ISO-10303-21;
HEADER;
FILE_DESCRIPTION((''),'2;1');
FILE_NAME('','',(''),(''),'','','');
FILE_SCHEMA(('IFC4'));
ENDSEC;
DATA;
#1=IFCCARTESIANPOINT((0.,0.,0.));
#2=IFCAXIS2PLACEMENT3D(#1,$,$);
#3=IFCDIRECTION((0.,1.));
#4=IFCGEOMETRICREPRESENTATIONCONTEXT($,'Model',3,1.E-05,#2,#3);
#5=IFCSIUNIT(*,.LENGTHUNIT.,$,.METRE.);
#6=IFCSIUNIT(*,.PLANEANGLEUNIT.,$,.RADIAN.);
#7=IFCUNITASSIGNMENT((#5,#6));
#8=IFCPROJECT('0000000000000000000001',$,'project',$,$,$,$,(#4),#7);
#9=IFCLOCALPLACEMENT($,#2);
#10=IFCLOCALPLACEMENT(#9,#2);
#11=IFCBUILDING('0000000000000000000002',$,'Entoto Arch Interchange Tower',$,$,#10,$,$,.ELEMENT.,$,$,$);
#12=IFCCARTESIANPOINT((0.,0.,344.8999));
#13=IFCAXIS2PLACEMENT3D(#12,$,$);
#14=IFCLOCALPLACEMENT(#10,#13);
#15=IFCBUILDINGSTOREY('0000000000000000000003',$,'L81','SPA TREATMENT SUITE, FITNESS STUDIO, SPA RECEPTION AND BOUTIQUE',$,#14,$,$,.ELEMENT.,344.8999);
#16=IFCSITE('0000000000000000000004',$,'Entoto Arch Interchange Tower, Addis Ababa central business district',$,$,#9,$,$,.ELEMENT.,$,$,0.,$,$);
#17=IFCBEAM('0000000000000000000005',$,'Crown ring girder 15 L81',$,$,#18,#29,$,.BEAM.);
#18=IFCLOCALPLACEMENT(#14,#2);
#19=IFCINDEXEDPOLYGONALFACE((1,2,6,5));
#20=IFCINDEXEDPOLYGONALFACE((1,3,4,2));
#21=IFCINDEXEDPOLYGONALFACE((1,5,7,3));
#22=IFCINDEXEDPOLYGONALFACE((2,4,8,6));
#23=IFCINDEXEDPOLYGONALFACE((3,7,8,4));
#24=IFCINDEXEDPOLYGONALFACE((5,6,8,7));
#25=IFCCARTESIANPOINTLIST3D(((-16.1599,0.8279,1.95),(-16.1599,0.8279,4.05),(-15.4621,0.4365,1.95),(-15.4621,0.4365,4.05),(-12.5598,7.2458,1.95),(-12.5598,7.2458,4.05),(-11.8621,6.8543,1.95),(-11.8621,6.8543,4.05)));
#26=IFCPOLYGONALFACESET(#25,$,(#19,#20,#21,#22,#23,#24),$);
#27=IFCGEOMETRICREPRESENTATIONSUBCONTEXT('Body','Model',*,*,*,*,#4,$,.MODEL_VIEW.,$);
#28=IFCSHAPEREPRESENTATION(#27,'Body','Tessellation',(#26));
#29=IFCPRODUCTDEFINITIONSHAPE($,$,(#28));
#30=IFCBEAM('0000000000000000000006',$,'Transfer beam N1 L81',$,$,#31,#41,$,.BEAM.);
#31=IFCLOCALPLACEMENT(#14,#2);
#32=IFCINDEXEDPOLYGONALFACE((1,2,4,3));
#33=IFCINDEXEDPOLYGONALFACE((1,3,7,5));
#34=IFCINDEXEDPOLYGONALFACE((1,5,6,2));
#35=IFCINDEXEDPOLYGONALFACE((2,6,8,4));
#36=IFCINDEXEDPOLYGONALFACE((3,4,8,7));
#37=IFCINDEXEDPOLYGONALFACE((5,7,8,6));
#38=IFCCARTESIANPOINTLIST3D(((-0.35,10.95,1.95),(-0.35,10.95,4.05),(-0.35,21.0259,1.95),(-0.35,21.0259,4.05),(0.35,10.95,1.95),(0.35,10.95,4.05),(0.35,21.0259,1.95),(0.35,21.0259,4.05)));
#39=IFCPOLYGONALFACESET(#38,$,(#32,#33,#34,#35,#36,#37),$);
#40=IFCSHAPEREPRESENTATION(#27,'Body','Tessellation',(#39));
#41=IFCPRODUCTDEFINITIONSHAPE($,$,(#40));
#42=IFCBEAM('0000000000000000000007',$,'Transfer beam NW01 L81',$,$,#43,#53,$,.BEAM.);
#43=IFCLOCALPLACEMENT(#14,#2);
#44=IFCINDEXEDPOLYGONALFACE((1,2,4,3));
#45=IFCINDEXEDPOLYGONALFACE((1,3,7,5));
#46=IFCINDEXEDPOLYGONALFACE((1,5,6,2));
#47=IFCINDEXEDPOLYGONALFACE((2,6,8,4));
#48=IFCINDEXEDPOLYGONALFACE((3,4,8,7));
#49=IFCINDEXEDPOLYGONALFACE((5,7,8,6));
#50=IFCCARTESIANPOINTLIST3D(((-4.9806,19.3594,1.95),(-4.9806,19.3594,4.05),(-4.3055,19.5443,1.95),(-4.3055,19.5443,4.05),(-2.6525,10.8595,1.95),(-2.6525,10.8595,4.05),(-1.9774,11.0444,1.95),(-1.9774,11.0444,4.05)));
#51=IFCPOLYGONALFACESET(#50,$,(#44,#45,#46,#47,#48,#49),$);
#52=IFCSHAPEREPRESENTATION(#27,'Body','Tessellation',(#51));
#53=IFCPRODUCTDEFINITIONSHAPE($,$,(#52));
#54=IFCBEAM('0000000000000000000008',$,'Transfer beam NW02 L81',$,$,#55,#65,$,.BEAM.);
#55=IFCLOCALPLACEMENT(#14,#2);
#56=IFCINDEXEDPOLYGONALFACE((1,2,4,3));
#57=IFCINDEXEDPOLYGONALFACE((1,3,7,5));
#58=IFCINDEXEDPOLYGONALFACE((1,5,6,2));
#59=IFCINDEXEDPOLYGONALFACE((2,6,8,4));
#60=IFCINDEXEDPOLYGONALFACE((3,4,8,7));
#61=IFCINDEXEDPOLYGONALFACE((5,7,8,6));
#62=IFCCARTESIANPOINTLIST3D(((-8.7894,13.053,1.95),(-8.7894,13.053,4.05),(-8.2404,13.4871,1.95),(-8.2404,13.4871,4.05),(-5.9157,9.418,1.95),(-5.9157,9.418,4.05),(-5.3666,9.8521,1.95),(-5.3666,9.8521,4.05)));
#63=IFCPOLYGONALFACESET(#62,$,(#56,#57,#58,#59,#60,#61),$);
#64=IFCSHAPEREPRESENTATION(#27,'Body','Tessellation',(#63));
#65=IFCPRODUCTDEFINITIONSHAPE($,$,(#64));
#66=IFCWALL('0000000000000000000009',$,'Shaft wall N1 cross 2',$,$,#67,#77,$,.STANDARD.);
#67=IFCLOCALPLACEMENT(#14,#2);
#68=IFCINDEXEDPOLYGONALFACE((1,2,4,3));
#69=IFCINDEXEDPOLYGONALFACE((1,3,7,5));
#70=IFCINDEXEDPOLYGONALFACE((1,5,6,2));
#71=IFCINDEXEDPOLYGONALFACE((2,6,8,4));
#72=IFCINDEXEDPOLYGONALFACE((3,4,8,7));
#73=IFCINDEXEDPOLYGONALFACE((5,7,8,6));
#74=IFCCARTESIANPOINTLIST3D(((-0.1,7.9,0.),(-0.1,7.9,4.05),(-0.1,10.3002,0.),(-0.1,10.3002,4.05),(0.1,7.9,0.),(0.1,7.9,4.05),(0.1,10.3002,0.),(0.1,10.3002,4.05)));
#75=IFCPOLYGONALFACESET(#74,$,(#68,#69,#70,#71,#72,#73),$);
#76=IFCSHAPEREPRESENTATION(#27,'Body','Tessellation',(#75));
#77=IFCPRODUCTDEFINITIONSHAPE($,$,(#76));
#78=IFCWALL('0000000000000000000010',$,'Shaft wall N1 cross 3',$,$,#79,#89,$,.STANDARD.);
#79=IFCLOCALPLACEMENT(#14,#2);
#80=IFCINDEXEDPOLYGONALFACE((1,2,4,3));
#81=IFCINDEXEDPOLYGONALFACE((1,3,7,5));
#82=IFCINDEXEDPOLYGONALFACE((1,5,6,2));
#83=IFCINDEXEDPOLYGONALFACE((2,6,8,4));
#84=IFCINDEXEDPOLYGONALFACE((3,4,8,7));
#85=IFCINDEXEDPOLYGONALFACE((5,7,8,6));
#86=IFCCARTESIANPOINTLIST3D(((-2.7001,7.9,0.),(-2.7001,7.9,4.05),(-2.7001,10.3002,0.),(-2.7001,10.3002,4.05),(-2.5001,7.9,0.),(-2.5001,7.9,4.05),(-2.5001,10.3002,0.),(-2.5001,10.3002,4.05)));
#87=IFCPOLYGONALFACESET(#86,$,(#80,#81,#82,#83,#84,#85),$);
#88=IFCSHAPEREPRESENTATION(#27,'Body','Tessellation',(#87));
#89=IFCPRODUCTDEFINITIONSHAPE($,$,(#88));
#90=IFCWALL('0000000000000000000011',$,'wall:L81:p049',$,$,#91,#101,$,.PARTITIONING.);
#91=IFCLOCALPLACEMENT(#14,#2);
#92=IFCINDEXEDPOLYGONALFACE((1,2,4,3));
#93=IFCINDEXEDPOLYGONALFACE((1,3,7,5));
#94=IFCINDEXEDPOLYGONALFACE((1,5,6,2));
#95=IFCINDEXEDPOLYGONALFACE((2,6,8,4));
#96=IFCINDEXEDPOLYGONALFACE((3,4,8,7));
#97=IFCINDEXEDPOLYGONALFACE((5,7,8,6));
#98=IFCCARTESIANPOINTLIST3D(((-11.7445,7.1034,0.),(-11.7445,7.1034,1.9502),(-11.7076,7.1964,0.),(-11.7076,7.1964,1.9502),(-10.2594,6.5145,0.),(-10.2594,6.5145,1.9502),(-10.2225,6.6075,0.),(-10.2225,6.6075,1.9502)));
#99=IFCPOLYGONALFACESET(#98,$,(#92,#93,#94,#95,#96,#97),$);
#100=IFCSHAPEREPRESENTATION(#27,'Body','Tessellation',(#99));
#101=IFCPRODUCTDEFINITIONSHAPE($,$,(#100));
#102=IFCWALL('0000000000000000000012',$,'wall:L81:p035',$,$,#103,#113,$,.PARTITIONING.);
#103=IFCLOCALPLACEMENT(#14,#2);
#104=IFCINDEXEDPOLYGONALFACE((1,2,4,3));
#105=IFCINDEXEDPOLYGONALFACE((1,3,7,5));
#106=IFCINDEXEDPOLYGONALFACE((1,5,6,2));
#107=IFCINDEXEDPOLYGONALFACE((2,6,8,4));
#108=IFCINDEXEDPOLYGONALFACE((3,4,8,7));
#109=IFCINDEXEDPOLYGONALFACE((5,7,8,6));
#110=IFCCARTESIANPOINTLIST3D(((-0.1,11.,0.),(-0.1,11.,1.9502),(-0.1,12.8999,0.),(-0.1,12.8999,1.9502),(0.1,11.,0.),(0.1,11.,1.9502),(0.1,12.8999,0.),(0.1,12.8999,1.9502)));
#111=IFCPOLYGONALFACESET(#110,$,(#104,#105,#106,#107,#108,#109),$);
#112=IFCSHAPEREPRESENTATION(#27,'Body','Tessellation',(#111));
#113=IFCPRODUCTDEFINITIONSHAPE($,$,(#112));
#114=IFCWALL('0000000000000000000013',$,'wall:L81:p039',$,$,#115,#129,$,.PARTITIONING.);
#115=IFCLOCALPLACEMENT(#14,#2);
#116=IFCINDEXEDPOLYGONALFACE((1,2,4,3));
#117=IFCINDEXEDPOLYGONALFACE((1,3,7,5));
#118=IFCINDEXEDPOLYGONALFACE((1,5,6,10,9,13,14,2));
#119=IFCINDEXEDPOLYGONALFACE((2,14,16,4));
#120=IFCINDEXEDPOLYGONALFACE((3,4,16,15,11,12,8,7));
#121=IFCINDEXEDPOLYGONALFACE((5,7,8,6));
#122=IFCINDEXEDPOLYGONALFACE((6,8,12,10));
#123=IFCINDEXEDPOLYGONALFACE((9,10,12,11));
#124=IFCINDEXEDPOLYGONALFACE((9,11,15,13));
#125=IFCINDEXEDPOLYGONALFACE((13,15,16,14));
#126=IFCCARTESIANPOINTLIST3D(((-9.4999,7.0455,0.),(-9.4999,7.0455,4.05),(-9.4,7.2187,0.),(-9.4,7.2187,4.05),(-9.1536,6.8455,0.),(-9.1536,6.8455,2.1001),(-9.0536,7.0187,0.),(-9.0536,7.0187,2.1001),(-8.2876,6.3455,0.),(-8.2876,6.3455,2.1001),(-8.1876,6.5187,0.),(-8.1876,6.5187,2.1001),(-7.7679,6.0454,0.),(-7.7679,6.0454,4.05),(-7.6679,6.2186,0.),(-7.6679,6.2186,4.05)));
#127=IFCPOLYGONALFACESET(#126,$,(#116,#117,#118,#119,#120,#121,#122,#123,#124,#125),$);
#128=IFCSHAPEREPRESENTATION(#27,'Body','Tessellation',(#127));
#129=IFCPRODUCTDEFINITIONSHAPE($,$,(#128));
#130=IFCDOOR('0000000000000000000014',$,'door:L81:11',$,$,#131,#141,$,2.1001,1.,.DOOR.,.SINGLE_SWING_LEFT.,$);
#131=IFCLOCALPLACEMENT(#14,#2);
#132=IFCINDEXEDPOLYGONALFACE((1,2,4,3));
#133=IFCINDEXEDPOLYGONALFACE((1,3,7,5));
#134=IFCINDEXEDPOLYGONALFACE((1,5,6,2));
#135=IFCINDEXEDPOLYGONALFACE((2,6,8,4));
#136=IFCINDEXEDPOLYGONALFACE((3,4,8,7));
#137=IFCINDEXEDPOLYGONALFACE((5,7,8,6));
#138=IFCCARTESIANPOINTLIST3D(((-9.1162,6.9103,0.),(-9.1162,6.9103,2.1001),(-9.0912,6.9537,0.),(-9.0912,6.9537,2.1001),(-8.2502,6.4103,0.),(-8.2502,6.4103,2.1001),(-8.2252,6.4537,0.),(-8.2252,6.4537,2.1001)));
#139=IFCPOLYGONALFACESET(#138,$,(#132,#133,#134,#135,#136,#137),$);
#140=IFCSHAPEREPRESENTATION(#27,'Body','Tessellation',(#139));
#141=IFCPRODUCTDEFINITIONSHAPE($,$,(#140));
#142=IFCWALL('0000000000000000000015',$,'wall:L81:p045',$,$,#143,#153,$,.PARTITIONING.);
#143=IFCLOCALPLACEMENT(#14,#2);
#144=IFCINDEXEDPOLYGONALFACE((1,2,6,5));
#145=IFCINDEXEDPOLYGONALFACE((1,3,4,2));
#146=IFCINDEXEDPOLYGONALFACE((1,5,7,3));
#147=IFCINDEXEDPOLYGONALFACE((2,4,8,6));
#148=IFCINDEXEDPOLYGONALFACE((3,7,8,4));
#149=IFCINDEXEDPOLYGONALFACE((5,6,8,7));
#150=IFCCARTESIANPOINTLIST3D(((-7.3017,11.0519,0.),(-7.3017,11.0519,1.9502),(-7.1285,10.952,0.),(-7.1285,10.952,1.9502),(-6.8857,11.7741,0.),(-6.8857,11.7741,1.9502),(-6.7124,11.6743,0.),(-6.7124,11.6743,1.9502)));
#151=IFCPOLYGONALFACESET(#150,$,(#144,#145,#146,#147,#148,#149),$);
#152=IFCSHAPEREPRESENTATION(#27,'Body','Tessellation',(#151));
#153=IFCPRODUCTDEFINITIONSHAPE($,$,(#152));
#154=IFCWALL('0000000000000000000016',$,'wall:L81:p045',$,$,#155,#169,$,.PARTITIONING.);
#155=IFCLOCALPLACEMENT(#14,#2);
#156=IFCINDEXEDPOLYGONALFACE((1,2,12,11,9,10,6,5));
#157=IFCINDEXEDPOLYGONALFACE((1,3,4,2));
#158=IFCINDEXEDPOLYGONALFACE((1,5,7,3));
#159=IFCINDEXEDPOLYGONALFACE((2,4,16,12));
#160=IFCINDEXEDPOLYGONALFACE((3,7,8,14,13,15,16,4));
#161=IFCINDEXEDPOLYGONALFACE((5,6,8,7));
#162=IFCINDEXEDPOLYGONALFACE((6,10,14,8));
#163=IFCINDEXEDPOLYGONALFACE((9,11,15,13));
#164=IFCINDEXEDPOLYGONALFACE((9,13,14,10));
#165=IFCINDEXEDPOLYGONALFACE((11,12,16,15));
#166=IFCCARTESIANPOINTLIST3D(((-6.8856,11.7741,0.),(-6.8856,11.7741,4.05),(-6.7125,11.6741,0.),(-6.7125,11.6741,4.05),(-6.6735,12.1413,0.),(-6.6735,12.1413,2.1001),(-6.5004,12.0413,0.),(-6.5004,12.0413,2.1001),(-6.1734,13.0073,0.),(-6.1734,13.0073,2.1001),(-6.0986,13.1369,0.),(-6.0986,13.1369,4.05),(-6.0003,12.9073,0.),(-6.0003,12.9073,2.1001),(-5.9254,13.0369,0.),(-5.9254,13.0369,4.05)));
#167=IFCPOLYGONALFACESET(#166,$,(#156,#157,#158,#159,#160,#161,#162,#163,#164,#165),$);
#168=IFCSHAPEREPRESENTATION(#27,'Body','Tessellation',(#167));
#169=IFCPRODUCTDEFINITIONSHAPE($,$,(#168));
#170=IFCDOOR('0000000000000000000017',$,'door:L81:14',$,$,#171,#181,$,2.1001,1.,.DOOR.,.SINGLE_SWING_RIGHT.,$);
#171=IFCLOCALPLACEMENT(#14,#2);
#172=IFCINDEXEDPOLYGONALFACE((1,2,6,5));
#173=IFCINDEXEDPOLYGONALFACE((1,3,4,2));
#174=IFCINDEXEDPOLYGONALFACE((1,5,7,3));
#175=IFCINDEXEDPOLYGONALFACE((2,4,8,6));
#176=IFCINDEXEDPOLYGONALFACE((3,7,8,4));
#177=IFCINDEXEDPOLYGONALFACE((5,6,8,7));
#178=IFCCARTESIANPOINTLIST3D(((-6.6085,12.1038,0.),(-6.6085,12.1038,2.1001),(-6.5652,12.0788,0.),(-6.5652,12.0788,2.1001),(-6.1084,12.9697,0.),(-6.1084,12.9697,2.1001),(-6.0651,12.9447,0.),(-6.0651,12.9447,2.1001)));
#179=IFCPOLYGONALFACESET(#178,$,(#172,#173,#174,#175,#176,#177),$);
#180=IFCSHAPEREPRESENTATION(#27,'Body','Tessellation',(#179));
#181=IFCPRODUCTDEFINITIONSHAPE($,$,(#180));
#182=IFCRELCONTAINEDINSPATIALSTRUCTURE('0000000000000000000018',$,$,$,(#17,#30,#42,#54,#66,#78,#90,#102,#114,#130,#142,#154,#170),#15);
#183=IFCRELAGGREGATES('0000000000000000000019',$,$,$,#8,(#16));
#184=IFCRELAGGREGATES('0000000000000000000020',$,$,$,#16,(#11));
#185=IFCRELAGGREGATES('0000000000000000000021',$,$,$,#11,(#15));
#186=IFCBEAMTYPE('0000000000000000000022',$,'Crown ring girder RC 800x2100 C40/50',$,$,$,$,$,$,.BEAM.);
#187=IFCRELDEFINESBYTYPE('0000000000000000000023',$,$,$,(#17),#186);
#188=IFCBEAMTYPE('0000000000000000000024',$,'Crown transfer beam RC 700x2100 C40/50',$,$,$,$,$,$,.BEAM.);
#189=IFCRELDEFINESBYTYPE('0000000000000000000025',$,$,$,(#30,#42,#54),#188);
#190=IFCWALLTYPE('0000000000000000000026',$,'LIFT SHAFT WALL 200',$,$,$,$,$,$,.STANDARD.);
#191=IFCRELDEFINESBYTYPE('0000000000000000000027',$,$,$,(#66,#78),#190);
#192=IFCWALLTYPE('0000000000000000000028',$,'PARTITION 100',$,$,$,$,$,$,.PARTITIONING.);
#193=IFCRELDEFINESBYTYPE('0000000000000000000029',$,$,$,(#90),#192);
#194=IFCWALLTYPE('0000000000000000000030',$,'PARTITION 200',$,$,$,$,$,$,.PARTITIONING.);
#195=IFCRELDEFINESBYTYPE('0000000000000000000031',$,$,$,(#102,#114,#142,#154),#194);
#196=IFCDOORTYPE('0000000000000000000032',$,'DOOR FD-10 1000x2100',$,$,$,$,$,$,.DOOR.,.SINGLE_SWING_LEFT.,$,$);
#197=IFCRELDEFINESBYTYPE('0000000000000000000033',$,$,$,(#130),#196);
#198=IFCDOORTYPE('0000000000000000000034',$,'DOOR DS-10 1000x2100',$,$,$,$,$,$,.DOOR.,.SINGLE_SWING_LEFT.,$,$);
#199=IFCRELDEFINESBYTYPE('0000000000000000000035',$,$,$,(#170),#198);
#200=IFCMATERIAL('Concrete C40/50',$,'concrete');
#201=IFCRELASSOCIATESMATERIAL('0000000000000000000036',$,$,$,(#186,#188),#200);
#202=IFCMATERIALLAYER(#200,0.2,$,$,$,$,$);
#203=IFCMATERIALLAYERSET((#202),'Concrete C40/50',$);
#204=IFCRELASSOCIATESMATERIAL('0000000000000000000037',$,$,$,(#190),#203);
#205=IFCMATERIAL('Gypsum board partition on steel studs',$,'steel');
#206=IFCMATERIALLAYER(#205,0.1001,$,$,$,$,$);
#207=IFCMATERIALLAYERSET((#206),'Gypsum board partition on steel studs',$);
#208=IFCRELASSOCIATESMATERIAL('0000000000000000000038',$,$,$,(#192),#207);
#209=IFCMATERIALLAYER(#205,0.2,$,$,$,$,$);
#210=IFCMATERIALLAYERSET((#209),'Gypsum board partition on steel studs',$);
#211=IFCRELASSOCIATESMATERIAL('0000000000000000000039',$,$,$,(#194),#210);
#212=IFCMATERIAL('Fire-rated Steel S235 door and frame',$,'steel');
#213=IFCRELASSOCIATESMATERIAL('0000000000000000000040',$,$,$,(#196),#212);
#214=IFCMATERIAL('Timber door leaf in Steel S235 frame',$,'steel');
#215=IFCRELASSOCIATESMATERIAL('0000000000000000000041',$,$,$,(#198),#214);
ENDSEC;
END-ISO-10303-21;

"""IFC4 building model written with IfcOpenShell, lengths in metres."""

from ifc_helpers import new_model, si_unit, direction, frame, frame_2d, origin, origin_2d, place, context, subcontext, project, spatial, rectangle, extrude, material, layer, layer_set, material_profile, profile_set, type_object, element, fill, save


model = new_model("IFC4")

# Units and contexts
model_context = context("Model", 3, precision=1e-05, world=origin(), true_north=direction((0.0, 1.0)))
body_context = subcontext(model_context, "Body", "Model", "MODEL_VIEW")
ifc_project = project(units=[si_unit("LENGTHUNIT", "METRE"), si_unit("PLANEANGLEUNIT", "RADIAN")], contexts=[model_context])

# Site, building, storey
site_placement = place(None, origin())
site = spatial("IfcSite", under=ifc_project, at=site_placement, Name="Entoto Arch Interchange Tower, Addis Ababa central business district", CompositionType="ELEMENT", RefElevation=0.0)
building_placement = place(site_placement, origin())
building = spatial("IfcBuilding", under=site, at=building_placement, Name="Entoto Arch Interchange Tower", CompositionType="ELEMENT")
storey_placement = place(building_placement, frame((0.0, 0.0, 344.8999)))
storey = spatial("IfcBuildingStorey", under=building, at=storey_placement, Name="L81", Description="SPA TREATMENT SUITE, FITNESS STUDIO, SPA RECEPTION AND BOUTIQUE", CompositionType="ELEMENT", Elevation=344.8999)

# Beams
ifc_material_1 = material(Name="Concrete C40/50", Category="concrete")
ifc_material_profile_1 = material_profile(ifc_material_1, rectangle(XDim=0.8, YDim=2.1001, at=origin_2d()))
ifc_profile_set_1 = profile_set([ifc_material_profile_1], Name="Concrete C40/50")
beam_type_1 = type_object("IfcBeamType", Name="Crown ring girder RC 800x2100 C40/50", PredefinedType="BEAM", material=ifc_profile_set_1)
beam_1_placement = place(storey_placement, frame((-12.2109, 7.05, 3.0), z_axis=(-0.489228, -0.872156, 0.0), x_axis=(0.872156, -0.489228, 0.0)))
element("IfcBeam", 1, at=beam_1_placement, inside=storey, type_object=beam_type_1, Name="Crown ring girder 15 L81", PredefinedType="BEAM", context=body_context, shape_type="SweptSolid", body=[
    extrude(rectangle(XDim=0.8, YDim=2.1001, at=origin_2d()), origin(), (0.0, 0.0, 1.0), 7.3586),
])
ifc_material_profile_2 = material_profile(ifc_material_1, rectangle(XDim=0.7, YDim=2.1001, at=origin_2d()))
ifc_profile_set_2 = profile_set([ifc_material_profile_2], Name="Concrete C40/50")
beam_type_2 = type_object("IfcBeamType", Name="Crown transfer beam RC 700x2100 C40/50", PredefinedType="BEAM", material=ifc_profile_set_2)
beam_2_placement = place(storey_placement, frame((0.0, 10.95, 3.0), z_axis=(0.0, 1.0, 0.0), x_axis=(-1.0, 0.0, 0.0)))
element("IfcBeam", 2, at=beam_2_placement, inside=storey, type_object=beam_type_2, Name="Transfer beam N1 L81", PredefinedType="BEAM", context=body_context, shape_type="SweptSolid", body=[
    extrude(rectangle(XDim=0.7, YDim=2.1001, at=origin_2d()), origin(), (0.0, 0.0, 1.0), 10.0759),
])
beam_3_placement = place(storey_placement, frame((-2.3149, 10.9519, 3.0), z_axis=(-0.264167, 0.964477, 0.0), x_axis=(-0.964477, -0.264167, 0.0)))
element("IfcBeam", 3, at=beam_3_placement, inside=storey, type_object=beam_type_2, Name="Transfer beam NW01 L81", PredefinedType="BEAM", context=body_context, shape_type="SweptSolid", body=[
    extrude(rectangle(XDim=0.7, YDim=2.1001, at=origin_2d()), origin(), (0.0, 0.0, 1.0), 8.813),
])
beam_4_placement = place(storey_placement, frame((-5.6411, 9.635, 3.0), z_axis=(-0.620181, 0.784459, 0.0), x_axis=(-0.784459, -0.620181, 0.0)))
element("IfcBeam", 4, at=beam_4_placement, inside=storey, type_object=beam_type_2, Name="Transfer beam NW02 L81", PredefinedType="BEAM", context=body_context, shape_type="SweptSolid", body=[
    extrude(rectangle(XDim=0.7, YDim=2.1001, at=origin_2d()), origin(), (0.0, 0.0, 1.0), 4.6338),
])

# Walls
ifc_layer_1 = layer(ifc_material_1, 0.2)
ifc_layer_set_1 = layer_set([ifc_layer_1], Name="Concrete C40/50")
wall_type_1 = type_object("IfcWallType", Name="LIFT SHAFT WALL 200", PredefinedType="STANDARD", material=ifc_layer_set_1)
for number, where, z_axis, x_axis, name in (
    (5, (0.0, 7.8999, 0.0), (0.0, 0.0, 1.0), (0.0, 1.0, 0.0), "Shaft wall N1 cross 2"),
    (6, (-2.6001, 7.8999, 0.0), (0.0, 0.0, 1.0), (0.0, 1.0, 0.0), "Shaft wall N1 cross 3"),
):
    element("IfcWall", number, at=place(storey_placement, frame(where, z_axis=z_axis, x_axis=x_axis)), inside=storey, type_object=wall_type_1, Name=name, PredefinedType="STANDARD", context=body_context, shape_type="SweptSolid", body=[
        extrude(rectangle(XDim=2.4001, YDim=0.2, at=frame_2d((1.2002, 0.0))), origin(), (0.0, 0.0, 1.0), 4.05),
    ])
ifc_material_2 = material(Name="Gypsum board partition on steel studs", Category="steel")
ifc_layer_2 = layer(ifc_material_2, 0.1001)
ifc_layer_set_2 = layer_set([ifc_layer_2], Name="Gypsum board partition on steel studs")
wall_type_2 = type_object("IfcWallType", Name="PARTITION 100", PredefinedType="PARTITIONING", material=ifc_layer_set_2)
wall_1_placement = place(storey_placement, frame((-11.7261, 7.1499, 0.0), z_axis=(0.0, 0.0, 1.0), x_axis=(0.92959, -0.368596, 0.0)))
element("IfcWall", 7, at=wall_1_placement, inside=storey, type_object=wall_type_2, Name="wall:L81:p049", PredefinedType="PARTITIONING", context=body_context, shape_type="SweptSolid", body=[
    extrude(rectangle(XDim=1.5977, YDim=0.1001, at=frame_2d((0.7988, 0.0))), origin(), (0.0, 0.0, 1.0), 1.9502),
])
ifc_layer_3 = layer(ifc_material_2, 0.2)
ifc_layer_set_3 = layer_set([ifc_layer_3], Name="Gypsum board partition on steel studs")
wall_type_3 = type_object("IfcWallType", Name="PARTITION 200", PredefinedType="PARTITIONING", material=ifc_layer_set_3)
wall_2_placement = place(storey_placement, frame((0.0, 11.0, 0.0), z_axis=(0.0, 0.0, 1.0), x_axis=(0.0, 1.0, 0.0)))
element("IfcWall", 8, at=wall_2_placement, inside=storey, type_object=wall_type_3, Name="wall:L81:p035", PredefinedType="PARTITIONING", context=body_context, shape_type="SweptSolid", body=[
    extrude(rectangle(XDim=1.8999, YDim=0.2, at=frame_2d((0.95, 0.0))), origin(), (0.0, 0.0, 1.0), 1.9502),
])

# Wall, opening, door
wall_3_placement = place(storey_placement, frame((-9.45, 7.1321, 0.0), z_axis=(0.0, 0.0, 1.0), x_axis=(0.866011, -0.500025, 0.0)))
wall_3 = element("IfcWall", 9, at=wall_3_placement, inside=storey, type_object=wall_type_3, Name="wall:L81:p039", PredefinedType="PARTITIONING", context=body_context, shape_type="SweptSolid", body=[
    extrude(rectangle(XDim=2.0, YDim=0.2, at=frame_2d((1.0, 0.0))), origin(), (0.0, 0.0, 1.0), 4.05),
])
opening_1_placement = place(wall_3_placement, frame((0.3999, 0.0, 0.0)))
opening_1 = element("IfcOpeningElement", 10, at=opening_1_placement, cuts=wall_3, PredefinedType="OPENING", context=body_context, shape_type="SweptSolid", body=[
    extrude(rectangle(XDim=1.0, YDim=2.1001, at=frame_2d((0.5, 1.05))), frame((0.0, 0.1099, 0.0), z_axis=(0.0, -1.0, 0.0), x_axis=(1.0, 0.0, 0.0)), (0.0, 0.0, 1.0), 0.22),
])
ifc_material_3 = material(Name="Fire-rated Steel S235 door and frame", Category="steel")
door_type_1 = type_object("IfcDoorType", Name="DOOR FD-10 1000x2100", OperationType="SINGLE_SWING_LEFT", PredefinedType="DOOR", material=ifc_material_3)
door_1_placement = place(opening_1_placement, origin())
door_1 = element("IfcDoor", 11, at=door_1_placement, inside=storey, type_object=door_type_1, Name="door:L81:11", OperationType="SINGLE_SWING_LEFT", OverallHeight=2.1001, OverallWidth=1.0, PredefinedType="DOOR", context=body_context, shape_type="SweptSolid", body=[
    extrude(rectangle(XDim=1.0, YDim=2.1001, at=frame_2d((0.5, 1.05))), frame((0.0, 0.0249, 0.0), z_axis=(0.0, -1.0, 0.0), x_axis=(1.0, 0.0, 0.0)), (0.0, 0.0, 1.0), 0.05),
])
fill(opening_1, door_1)

# Wall
wall_4_placement = place(storey_placement, frame((-7.2151, 11.002, 0.0), z_axis=(0.0, 0.0, 1.0), x_axis=(0.499164, 0.866507, 0.0)))
element("IfcWall", 12, at=wall_4_placement, inside=storey, type_object=wall_type_3, Name="wall:L81:p045", PredefinedType="PARTITIONING", context=body_context, shape_type="SweptSolid", body=[
    extrude(rectangle(XDim=0.8335, YDim=0.2, at=frame_2d((0.4167, 0.0))), origin(), (0.0, 0.0, 1.0), 1.9502),
])

# Wall, opening, door
wall_5_placement = place(storey_placement, frame((-6.7991, 11.7241, 0.0), z_axis=(0.0, 0.0, 1.0), x_axis=(0.500143, 0.865943, 0.0)))
wall_5 = element("IfcWall", 13, at=wall_5_placement, inside=storey, type_object=wall_type_3, Name="wall:L81:p045", PredefinedType="PARTITIONING", context=body_context, shape_type="SweptSolid", body=[
    extrude(rectangle(XDim=1.5737, YDim=0.2, at=frame_2d((0.7869, 0.0))), origin(), (0.0, 0.0, 1.0), 4.05),
])
opening_2_placement = place(wall_5_placement, frame((0.4241, 0.0, 0.0)))
opening_2 = element("IfcOpeningElement", 14, at=opening_2_placement, cuts=wall_5, PredefinedType="OPENING", context=body_context, shape_type="SweptSolid", body=[
    extrude(rectangle(XDim=1.0, YDim=2.1001, at=frame_2d((0.5, 1.05))), frame((0.0, 0.1099, 0.0), z_axis=(0.0, -1.0, 0.0), x_axis=(1.0, 0.0, 0.0)), (0.0, 0.0, 1.0), 0.22),
])
ifc_material_4 = material(Name="Timber door leaf in Steel S235 frame", Category="steel")
door_type_2 = type_object("IfcDoorType", Name="DOOR DS-10 1000x2100", OperationType="SINGLE_SWING_LEFT", PredefinedType="DOOR", material=ifc_material_4)
door_2_placement = place(opening_2_placement, origin())
door_2 = element("IfcDoor", 15, at=door_2_placement, inside=storey, type_object=door_type_2, Name="door:L81:14", OperationType="SINGLE_SWING_RIGHT", OverallHeight=2.1001, OverallWidth=1.0, PredefinedType="DOOR", context=body_context, shape_type="SweptSolid", body=[
    extrude(rectangle(XDim=1.0, YDim=2.1001, at=frame_2d((0.5, 1.05))), frame((0.0, 0.0249, 0.0), z_axis=(0.0, -1.0, 0.0), x_axis=(1.0, 0.0, 0.0)), (0.0, 0.0, 1.0), 0.05),
])
fill(opening_2, door_2)

save(model, "model.ifc")
